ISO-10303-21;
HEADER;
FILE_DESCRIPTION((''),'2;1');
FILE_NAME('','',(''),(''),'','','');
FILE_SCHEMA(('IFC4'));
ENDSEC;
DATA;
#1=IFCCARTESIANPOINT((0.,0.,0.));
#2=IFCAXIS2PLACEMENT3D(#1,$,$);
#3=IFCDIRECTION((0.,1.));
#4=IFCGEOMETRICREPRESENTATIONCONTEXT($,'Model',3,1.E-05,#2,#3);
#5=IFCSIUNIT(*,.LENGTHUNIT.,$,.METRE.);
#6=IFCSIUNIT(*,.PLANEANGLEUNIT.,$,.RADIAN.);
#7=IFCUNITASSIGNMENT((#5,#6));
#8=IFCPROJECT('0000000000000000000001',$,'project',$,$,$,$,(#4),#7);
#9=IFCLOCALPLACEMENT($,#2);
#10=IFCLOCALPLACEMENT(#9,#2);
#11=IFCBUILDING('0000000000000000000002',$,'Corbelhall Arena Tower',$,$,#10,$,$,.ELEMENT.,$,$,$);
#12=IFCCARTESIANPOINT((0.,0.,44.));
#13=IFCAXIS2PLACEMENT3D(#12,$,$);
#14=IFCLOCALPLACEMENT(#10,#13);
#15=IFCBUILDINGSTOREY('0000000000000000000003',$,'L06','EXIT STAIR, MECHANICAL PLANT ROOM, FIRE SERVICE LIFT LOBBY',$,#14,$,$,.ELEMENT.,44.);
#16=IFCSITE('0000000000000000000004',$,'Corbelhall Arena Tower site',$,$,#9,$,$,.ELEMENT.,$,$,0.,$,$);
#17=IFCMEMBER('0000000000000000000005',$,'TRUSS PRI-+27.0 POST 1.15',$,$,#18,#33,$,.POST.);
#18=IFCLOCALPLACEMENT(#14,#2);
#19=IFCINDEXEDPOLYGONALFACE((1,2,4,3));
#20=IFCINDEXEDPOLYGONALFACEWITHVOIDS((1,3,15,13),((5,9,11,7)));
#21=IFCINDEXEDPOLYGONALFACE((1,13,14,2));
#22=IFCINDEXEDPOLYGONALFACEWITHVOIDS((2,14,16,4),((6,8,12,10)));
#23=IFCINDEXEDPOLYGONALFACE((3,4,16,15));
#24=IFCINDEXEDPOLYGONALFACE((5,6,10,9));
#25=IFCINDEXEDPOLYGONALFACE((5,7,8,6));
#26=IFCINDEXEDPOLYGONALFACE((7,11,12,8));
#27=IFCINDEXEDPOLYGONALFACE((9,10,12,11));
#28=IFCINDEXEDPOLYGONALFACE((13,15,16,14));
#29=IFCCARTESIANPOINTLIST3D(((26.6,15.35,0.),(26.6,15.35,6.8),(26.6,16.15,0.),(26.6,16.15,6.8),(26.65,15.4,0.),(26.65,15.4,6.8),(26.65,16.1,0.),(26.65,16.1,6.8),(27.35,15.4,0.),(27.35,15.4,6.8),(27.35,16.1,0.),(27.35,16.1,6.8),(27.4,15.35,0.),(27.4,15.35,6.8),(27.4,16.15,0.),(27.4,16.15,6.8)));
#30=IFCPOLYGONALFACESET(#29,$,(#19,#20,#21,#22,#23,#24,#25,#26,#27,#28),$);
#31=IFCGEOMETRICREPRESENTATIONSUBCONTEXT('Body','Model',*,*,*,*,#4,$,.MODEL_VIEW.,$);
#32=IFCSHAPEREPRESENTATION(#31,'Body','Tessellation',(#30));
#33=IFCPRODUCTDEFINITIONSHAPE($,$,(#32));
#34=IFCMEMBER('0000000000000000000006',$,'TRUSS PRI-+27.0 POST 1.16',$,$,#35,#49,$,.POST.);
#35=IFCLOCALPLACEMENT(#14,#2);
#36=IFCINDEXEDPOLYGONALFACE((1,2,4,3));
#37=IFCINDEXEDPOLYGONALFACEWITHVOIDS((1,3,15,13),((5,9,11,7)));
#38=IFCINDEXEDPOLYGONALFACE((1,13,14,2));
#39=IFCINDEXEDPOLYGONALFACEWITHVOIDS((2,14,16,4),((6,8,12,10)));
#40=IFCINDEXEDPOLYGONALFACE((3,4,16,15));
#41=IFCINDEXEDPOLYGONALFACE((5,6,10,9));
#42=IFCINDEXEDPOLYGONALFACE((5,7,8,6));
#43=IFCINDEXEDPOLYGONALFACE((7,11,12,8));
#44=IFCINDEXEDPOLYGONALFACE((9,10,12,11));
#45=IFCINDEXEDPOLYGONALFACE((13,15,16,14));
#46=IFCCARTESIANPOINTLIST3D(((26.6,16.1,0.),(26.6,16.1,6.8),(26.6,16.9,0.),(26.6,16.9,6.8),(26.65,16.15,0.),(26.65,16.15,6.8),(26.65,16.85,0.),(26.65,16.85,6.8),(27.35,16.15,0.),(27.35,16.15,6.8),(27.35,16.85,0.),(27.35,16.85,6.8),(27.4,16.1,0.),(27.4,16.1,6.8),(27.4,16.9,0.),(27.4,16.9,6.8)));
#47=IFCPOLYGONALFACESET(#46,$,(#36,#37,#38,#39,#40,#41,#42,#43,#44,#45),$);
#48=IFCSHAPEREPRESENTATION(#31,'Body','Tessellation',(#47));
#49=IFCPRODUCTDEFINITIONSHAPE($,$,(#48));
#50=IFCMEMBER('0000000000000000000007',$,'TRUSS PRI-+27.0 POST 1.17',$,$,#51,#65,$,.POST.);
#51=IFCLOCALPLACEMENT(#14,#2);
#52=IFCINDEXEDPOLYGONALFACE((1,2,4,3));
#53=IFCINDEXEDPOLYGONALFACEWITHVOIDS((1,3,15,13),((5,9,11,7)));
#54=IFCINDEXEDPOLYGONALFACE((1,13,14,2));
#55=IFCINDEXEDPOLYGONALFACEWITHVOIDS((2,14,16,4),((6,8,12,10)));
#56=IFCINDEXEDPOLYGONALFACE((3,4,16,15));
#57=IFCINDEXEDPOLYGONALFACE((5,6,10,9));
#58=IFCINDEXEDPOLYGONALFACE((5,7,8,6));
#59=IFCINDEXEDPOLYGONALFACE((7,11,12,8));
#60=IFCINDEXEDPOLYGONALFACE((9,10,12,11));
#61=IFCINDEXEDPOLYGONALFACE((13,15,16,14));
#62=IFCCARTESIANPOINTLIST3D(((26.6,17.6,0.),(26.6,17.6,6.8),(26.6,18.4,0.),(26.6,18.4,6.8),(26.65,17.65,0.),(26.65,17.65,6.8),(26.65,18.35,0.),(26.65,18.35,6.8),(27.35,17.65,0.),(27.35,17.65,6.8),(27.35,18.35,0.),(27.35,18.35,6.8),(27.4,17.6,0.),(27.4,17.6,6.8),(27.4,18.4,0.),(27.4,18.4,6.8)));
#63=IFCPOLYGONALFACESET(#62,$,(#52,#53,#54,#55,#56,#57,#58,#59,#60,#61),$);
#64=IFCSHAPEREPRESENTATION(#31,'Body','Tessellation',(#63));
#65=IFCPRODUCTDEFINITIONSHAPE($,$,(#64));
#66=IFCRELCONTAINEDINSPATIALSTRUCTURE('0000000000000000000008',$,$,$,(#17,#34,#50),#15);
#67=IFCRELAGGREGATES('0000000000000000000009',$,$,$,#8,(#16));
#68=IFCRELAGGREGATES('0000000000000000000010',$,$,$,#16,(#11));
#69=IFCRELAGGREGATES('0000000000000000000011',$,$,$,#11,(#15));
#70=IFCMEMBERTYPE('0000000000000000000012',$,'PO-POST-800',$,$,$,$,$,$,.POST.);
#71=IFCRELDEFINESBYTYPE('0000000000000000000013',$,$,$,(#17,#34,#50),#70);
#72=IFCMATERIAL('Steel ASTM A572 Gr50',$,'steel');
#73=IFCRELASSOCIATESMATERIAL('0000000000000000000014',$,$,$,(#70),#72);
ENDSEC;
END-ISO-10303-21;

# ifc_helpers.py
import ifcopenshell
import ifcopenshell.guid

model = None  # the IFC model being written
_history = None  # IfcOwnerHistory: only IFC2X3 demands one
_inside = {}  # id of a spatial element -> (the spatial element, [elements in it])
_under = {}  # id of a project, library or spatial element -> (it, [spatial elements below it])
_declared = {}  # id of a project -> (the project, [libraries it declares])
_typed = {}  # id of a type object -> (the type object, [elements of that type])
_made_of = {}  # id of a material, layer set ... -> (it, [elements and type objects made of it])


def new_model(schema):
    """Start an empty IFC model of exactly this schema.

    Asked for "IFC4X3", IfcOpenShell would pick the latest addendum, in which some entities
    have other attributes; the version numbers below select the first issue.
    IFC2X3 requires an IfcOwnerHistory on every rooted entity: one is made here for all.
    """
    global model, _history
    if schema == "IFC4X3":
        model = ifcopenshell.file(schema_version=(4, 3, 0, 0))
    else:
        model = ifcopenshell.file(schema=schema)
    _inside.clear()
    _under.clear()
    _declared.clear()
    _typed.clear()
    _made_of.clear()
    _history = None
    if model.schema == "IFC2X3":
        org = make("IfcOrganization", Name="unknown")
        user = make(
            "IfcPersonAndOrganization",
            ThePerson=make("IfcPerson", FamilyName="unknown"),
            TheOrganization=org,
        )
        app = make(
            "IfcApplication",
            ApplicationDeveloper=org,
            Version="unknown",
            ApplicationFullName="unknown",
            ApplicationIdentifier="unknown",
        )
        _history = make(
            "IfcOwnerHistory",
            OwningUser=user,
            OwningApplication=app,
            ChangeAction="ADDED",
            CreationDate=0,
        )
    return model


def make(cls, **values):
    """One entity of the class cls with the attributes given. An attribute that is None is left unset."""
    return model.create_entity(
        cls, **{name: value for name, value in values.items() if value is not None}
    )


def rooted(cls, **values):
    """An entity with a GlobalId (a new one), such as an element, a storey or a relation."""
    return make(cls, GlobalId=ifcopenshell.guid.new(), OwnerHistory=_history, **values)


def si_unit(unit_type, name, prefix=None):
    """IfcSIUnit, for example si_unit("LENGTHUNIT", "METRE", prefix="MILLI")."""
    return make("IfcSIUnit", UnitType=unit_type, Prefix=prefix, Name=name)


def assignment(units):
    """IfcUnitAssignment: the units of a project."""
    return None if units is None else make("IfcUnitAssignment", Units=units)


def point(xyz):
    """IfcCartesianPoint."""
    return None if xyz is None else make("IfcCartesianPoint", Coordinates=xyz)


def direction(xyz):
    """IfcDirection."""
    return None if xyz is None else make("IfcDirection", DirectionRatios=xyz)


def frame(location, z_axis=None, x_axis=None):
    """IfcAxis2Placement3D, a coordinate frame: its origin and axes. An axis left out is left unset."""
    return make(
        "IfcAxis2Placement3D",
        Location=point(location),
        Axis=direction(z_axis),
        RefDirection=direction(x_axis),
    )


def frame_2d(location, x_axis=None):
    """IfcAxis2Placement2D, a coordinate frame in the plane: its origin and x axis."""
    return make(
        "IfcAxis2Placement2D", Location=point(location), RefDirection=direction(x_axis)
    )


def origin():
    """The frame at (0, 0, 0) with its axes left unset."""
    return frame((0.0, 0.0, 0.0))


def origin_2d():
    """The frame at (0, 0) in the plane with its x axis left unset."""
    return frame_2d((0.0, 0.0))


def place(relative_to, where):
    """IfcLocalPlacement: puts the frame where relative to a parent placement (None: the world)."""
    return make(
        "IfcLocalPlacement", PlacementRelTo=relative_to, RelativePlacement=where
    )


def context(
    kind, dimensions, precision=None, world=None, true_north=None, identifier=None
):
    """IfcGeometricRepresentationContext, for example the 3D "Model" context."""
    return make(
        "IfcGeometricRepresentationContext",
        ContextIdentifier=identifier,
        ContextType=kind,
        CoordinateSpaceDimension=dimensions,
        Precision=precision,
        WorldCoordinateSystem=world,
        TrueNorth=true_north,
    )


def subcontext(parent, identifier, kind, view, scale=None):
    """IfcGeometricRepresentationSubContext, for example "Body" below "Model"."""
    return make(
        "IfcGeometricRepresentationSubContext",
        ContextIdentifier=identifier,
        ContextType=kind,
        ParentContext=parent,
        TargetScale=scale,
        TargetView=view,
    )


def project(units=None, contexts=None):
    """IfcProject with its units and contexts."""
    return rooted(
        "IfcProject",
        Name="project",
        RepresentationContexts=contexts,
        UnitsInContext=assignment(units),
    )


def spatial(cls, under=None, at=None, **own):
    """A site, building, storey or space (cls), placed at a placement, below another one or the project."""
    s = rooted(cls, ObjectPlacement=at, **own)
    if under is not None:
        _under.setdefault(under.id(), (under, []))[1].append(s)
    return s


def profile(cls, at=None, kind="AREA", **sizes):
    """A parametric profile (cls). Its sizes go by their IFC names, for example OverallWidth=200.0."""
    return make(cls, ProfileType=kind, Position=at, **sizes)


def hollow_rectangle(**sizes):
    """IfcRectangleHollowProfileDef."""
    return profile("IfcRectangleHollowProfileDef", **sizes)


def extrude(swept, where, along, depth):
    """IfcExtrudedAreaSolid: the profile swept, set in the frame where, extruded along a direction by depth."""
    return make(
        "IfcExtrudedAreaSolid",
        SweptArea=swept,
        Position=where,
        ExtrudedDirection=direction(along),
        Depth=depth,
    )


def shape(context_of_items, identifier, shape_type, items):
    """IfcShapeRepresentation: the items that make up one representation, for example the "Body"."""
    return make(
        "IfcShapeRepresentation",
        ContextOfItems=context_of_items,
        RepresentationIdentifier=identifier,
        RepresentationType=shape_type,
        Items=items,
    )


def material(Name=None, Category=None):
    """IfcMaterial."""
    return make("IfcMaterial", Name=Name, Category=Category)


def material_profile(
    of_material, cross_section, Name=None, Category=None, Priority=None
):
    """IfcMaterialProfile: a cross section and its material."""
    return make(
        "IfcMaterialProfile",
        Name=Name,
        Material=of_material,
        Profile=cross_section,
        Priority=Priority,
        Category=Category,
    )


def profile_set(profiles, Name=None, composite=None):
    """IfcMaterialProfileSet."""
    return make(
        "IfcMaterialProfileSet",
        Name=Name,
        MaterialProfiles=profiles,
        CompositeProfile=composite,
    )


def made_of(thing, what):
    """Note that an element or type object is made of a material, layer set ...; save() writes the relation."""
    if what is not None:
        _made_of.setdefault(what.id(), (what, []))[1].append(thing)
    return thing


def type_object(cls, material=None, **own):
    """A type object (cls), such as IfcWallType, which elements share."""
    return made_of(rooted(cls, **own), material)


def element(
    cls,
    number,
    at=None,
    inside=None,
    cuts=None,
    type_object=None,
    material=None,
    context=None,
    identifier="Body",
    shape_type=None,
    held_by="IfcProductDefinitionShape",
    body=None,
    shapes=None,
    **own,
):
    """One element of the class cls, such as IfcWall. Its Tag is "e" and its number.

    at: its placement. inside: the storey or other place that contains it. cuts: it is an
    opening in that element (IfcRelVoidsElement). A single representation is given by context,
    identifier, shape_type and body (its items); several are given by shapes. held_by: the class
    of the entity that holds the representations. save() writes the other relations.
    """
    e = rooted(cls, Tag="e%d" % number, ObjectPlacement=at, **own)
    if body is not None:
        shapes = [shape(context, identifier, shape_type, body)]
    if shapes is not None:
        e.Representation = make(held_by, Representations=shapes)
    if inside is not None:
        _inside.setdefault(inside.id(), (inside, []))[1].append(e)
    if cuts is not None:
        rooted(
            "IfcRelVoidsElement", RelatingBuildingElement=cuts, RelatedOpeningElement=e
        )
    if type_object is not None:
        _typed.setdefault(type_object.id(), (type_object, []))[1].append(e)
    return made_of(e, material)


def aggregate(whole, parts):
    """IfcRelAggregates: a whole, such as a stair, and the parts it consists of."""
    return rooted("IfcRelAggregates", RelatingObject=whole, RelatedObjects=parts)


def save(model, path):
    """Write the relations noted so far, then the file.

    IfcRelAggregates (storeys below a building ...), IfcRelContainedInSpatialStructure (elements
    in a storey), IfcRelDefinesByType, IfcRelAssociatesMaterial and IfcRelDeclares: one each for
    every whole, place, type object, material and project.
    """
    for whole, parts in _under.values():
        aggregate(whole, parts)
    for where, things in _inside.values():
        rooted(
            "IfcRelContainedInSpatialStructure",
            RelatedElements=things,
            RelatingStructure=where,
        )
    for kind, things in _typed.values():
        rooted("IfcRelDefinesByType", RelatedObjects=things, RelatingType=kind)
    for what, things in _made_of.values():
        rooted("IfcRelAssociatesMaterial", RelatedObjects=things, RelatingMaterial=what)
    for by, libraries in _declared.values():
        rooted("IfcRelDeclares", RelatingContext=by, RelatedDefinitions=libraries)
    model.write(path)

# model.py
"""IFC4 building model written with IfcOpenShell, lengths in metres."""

from ifc_helpers import new_model, si_unit, direction, frame, origin, origin_2d, place, context, subcontext, project, spatial, hollow_rectangle, extrude, material, material_profile, profile_set, type_object, element, save


model = new_model("IFC4")

# Units and contexts
model_context = context("Model", 3, precision=1e-05, world=origin(), true_north=direction((0.0, 1.0)))
body_context = subcontext(model_context, "Body", "Model", "MODEL_VIEW")
ifc_project = project(units=[si_unit("LENGTHUNIT", "METRE"), si_unit("PLANEANGLEUNIT", "RADIAN")], contexts=[model_context])

# Site, building, storey
site_placement = place(None, origin())
site = spatial("IfcSite", under=ifc_project, at=site_placement, Name="Corbelhall Arena Tower site", CompositionType="ELEMENT", RefElevation=0.0)
building_placement = place(site_placement, origin())
building = spatial("IfcBuilding", under=site, at=building_placement, Name="Corbelhall Arena Tower", CompositionType="ELEMENT")
storey_placement = place(building_placement, frame((0.0, 0.0, 44.0)))
storey = spatial("IfcBuildingStorey", under=building, at=storey_placement, Name="L06", Description="EXIT STAIR, MECHANICAL PLANT ROOM, FIRE SERVICE LIFT LOBBY", CompositionType="ELEMENT", Elevation=44.0)

# Members
ifc_material = material(Name="Steel ASTM A572 Gr50", Category="steel")
ifc_material_profile_1 = material_profile(ifc_material, hollow_rectangle(XDim=0.8, YDim=0.8, WallThickness=0.05, at=origin_2d()))
ifc_profile_set_1 = profile_set([ifc_material_profile_1], Name="Steel ASTM A572 Gr50")
member_type_1 = type_object("IfcMemberType", Name="PO-POST-800", PredefinedType="POST", material=ifc_profile_set_1)
for number, where, z_axis, x_axis, name in (
    (1, (27.0, 15.75, 0.0), (0.0, 0.0, 1.0), (1.0, 0.0, 0.0), "TRUSS PRI-+27.0 POST 1.15"),
    (2, (27.0, 16.5, 0.0), (0.0, 0.0, 1.0), (1.0, 0.0, 0.0), "TRUSS PRI-+27.0 POST 1.16"),
    (3, (27.0, 18.0, 0.0), (0.0, 0.0, 1.0), (1.0, 0.0, 0.0), "TRUSS PRI-+27.0 POST 1.17"),
):
    element("IfcMember", number, at=place(storey_placement, frame(where, z_axis=z_axis, x_axis=x_axis)), inside=storey, type_object=member_type_1, Name=name, PredefinedType="POST", context=body_context, shape_type="SweptSolid", body=[
        extrude(hollow_rectangle(XDim=0.8, YDim=0.8, WallThickness=0.05, at=origin_2d()), origin(), (0.0, 0.0, 1.0), 6.8),
    ])

save(model, "model.ifc")
